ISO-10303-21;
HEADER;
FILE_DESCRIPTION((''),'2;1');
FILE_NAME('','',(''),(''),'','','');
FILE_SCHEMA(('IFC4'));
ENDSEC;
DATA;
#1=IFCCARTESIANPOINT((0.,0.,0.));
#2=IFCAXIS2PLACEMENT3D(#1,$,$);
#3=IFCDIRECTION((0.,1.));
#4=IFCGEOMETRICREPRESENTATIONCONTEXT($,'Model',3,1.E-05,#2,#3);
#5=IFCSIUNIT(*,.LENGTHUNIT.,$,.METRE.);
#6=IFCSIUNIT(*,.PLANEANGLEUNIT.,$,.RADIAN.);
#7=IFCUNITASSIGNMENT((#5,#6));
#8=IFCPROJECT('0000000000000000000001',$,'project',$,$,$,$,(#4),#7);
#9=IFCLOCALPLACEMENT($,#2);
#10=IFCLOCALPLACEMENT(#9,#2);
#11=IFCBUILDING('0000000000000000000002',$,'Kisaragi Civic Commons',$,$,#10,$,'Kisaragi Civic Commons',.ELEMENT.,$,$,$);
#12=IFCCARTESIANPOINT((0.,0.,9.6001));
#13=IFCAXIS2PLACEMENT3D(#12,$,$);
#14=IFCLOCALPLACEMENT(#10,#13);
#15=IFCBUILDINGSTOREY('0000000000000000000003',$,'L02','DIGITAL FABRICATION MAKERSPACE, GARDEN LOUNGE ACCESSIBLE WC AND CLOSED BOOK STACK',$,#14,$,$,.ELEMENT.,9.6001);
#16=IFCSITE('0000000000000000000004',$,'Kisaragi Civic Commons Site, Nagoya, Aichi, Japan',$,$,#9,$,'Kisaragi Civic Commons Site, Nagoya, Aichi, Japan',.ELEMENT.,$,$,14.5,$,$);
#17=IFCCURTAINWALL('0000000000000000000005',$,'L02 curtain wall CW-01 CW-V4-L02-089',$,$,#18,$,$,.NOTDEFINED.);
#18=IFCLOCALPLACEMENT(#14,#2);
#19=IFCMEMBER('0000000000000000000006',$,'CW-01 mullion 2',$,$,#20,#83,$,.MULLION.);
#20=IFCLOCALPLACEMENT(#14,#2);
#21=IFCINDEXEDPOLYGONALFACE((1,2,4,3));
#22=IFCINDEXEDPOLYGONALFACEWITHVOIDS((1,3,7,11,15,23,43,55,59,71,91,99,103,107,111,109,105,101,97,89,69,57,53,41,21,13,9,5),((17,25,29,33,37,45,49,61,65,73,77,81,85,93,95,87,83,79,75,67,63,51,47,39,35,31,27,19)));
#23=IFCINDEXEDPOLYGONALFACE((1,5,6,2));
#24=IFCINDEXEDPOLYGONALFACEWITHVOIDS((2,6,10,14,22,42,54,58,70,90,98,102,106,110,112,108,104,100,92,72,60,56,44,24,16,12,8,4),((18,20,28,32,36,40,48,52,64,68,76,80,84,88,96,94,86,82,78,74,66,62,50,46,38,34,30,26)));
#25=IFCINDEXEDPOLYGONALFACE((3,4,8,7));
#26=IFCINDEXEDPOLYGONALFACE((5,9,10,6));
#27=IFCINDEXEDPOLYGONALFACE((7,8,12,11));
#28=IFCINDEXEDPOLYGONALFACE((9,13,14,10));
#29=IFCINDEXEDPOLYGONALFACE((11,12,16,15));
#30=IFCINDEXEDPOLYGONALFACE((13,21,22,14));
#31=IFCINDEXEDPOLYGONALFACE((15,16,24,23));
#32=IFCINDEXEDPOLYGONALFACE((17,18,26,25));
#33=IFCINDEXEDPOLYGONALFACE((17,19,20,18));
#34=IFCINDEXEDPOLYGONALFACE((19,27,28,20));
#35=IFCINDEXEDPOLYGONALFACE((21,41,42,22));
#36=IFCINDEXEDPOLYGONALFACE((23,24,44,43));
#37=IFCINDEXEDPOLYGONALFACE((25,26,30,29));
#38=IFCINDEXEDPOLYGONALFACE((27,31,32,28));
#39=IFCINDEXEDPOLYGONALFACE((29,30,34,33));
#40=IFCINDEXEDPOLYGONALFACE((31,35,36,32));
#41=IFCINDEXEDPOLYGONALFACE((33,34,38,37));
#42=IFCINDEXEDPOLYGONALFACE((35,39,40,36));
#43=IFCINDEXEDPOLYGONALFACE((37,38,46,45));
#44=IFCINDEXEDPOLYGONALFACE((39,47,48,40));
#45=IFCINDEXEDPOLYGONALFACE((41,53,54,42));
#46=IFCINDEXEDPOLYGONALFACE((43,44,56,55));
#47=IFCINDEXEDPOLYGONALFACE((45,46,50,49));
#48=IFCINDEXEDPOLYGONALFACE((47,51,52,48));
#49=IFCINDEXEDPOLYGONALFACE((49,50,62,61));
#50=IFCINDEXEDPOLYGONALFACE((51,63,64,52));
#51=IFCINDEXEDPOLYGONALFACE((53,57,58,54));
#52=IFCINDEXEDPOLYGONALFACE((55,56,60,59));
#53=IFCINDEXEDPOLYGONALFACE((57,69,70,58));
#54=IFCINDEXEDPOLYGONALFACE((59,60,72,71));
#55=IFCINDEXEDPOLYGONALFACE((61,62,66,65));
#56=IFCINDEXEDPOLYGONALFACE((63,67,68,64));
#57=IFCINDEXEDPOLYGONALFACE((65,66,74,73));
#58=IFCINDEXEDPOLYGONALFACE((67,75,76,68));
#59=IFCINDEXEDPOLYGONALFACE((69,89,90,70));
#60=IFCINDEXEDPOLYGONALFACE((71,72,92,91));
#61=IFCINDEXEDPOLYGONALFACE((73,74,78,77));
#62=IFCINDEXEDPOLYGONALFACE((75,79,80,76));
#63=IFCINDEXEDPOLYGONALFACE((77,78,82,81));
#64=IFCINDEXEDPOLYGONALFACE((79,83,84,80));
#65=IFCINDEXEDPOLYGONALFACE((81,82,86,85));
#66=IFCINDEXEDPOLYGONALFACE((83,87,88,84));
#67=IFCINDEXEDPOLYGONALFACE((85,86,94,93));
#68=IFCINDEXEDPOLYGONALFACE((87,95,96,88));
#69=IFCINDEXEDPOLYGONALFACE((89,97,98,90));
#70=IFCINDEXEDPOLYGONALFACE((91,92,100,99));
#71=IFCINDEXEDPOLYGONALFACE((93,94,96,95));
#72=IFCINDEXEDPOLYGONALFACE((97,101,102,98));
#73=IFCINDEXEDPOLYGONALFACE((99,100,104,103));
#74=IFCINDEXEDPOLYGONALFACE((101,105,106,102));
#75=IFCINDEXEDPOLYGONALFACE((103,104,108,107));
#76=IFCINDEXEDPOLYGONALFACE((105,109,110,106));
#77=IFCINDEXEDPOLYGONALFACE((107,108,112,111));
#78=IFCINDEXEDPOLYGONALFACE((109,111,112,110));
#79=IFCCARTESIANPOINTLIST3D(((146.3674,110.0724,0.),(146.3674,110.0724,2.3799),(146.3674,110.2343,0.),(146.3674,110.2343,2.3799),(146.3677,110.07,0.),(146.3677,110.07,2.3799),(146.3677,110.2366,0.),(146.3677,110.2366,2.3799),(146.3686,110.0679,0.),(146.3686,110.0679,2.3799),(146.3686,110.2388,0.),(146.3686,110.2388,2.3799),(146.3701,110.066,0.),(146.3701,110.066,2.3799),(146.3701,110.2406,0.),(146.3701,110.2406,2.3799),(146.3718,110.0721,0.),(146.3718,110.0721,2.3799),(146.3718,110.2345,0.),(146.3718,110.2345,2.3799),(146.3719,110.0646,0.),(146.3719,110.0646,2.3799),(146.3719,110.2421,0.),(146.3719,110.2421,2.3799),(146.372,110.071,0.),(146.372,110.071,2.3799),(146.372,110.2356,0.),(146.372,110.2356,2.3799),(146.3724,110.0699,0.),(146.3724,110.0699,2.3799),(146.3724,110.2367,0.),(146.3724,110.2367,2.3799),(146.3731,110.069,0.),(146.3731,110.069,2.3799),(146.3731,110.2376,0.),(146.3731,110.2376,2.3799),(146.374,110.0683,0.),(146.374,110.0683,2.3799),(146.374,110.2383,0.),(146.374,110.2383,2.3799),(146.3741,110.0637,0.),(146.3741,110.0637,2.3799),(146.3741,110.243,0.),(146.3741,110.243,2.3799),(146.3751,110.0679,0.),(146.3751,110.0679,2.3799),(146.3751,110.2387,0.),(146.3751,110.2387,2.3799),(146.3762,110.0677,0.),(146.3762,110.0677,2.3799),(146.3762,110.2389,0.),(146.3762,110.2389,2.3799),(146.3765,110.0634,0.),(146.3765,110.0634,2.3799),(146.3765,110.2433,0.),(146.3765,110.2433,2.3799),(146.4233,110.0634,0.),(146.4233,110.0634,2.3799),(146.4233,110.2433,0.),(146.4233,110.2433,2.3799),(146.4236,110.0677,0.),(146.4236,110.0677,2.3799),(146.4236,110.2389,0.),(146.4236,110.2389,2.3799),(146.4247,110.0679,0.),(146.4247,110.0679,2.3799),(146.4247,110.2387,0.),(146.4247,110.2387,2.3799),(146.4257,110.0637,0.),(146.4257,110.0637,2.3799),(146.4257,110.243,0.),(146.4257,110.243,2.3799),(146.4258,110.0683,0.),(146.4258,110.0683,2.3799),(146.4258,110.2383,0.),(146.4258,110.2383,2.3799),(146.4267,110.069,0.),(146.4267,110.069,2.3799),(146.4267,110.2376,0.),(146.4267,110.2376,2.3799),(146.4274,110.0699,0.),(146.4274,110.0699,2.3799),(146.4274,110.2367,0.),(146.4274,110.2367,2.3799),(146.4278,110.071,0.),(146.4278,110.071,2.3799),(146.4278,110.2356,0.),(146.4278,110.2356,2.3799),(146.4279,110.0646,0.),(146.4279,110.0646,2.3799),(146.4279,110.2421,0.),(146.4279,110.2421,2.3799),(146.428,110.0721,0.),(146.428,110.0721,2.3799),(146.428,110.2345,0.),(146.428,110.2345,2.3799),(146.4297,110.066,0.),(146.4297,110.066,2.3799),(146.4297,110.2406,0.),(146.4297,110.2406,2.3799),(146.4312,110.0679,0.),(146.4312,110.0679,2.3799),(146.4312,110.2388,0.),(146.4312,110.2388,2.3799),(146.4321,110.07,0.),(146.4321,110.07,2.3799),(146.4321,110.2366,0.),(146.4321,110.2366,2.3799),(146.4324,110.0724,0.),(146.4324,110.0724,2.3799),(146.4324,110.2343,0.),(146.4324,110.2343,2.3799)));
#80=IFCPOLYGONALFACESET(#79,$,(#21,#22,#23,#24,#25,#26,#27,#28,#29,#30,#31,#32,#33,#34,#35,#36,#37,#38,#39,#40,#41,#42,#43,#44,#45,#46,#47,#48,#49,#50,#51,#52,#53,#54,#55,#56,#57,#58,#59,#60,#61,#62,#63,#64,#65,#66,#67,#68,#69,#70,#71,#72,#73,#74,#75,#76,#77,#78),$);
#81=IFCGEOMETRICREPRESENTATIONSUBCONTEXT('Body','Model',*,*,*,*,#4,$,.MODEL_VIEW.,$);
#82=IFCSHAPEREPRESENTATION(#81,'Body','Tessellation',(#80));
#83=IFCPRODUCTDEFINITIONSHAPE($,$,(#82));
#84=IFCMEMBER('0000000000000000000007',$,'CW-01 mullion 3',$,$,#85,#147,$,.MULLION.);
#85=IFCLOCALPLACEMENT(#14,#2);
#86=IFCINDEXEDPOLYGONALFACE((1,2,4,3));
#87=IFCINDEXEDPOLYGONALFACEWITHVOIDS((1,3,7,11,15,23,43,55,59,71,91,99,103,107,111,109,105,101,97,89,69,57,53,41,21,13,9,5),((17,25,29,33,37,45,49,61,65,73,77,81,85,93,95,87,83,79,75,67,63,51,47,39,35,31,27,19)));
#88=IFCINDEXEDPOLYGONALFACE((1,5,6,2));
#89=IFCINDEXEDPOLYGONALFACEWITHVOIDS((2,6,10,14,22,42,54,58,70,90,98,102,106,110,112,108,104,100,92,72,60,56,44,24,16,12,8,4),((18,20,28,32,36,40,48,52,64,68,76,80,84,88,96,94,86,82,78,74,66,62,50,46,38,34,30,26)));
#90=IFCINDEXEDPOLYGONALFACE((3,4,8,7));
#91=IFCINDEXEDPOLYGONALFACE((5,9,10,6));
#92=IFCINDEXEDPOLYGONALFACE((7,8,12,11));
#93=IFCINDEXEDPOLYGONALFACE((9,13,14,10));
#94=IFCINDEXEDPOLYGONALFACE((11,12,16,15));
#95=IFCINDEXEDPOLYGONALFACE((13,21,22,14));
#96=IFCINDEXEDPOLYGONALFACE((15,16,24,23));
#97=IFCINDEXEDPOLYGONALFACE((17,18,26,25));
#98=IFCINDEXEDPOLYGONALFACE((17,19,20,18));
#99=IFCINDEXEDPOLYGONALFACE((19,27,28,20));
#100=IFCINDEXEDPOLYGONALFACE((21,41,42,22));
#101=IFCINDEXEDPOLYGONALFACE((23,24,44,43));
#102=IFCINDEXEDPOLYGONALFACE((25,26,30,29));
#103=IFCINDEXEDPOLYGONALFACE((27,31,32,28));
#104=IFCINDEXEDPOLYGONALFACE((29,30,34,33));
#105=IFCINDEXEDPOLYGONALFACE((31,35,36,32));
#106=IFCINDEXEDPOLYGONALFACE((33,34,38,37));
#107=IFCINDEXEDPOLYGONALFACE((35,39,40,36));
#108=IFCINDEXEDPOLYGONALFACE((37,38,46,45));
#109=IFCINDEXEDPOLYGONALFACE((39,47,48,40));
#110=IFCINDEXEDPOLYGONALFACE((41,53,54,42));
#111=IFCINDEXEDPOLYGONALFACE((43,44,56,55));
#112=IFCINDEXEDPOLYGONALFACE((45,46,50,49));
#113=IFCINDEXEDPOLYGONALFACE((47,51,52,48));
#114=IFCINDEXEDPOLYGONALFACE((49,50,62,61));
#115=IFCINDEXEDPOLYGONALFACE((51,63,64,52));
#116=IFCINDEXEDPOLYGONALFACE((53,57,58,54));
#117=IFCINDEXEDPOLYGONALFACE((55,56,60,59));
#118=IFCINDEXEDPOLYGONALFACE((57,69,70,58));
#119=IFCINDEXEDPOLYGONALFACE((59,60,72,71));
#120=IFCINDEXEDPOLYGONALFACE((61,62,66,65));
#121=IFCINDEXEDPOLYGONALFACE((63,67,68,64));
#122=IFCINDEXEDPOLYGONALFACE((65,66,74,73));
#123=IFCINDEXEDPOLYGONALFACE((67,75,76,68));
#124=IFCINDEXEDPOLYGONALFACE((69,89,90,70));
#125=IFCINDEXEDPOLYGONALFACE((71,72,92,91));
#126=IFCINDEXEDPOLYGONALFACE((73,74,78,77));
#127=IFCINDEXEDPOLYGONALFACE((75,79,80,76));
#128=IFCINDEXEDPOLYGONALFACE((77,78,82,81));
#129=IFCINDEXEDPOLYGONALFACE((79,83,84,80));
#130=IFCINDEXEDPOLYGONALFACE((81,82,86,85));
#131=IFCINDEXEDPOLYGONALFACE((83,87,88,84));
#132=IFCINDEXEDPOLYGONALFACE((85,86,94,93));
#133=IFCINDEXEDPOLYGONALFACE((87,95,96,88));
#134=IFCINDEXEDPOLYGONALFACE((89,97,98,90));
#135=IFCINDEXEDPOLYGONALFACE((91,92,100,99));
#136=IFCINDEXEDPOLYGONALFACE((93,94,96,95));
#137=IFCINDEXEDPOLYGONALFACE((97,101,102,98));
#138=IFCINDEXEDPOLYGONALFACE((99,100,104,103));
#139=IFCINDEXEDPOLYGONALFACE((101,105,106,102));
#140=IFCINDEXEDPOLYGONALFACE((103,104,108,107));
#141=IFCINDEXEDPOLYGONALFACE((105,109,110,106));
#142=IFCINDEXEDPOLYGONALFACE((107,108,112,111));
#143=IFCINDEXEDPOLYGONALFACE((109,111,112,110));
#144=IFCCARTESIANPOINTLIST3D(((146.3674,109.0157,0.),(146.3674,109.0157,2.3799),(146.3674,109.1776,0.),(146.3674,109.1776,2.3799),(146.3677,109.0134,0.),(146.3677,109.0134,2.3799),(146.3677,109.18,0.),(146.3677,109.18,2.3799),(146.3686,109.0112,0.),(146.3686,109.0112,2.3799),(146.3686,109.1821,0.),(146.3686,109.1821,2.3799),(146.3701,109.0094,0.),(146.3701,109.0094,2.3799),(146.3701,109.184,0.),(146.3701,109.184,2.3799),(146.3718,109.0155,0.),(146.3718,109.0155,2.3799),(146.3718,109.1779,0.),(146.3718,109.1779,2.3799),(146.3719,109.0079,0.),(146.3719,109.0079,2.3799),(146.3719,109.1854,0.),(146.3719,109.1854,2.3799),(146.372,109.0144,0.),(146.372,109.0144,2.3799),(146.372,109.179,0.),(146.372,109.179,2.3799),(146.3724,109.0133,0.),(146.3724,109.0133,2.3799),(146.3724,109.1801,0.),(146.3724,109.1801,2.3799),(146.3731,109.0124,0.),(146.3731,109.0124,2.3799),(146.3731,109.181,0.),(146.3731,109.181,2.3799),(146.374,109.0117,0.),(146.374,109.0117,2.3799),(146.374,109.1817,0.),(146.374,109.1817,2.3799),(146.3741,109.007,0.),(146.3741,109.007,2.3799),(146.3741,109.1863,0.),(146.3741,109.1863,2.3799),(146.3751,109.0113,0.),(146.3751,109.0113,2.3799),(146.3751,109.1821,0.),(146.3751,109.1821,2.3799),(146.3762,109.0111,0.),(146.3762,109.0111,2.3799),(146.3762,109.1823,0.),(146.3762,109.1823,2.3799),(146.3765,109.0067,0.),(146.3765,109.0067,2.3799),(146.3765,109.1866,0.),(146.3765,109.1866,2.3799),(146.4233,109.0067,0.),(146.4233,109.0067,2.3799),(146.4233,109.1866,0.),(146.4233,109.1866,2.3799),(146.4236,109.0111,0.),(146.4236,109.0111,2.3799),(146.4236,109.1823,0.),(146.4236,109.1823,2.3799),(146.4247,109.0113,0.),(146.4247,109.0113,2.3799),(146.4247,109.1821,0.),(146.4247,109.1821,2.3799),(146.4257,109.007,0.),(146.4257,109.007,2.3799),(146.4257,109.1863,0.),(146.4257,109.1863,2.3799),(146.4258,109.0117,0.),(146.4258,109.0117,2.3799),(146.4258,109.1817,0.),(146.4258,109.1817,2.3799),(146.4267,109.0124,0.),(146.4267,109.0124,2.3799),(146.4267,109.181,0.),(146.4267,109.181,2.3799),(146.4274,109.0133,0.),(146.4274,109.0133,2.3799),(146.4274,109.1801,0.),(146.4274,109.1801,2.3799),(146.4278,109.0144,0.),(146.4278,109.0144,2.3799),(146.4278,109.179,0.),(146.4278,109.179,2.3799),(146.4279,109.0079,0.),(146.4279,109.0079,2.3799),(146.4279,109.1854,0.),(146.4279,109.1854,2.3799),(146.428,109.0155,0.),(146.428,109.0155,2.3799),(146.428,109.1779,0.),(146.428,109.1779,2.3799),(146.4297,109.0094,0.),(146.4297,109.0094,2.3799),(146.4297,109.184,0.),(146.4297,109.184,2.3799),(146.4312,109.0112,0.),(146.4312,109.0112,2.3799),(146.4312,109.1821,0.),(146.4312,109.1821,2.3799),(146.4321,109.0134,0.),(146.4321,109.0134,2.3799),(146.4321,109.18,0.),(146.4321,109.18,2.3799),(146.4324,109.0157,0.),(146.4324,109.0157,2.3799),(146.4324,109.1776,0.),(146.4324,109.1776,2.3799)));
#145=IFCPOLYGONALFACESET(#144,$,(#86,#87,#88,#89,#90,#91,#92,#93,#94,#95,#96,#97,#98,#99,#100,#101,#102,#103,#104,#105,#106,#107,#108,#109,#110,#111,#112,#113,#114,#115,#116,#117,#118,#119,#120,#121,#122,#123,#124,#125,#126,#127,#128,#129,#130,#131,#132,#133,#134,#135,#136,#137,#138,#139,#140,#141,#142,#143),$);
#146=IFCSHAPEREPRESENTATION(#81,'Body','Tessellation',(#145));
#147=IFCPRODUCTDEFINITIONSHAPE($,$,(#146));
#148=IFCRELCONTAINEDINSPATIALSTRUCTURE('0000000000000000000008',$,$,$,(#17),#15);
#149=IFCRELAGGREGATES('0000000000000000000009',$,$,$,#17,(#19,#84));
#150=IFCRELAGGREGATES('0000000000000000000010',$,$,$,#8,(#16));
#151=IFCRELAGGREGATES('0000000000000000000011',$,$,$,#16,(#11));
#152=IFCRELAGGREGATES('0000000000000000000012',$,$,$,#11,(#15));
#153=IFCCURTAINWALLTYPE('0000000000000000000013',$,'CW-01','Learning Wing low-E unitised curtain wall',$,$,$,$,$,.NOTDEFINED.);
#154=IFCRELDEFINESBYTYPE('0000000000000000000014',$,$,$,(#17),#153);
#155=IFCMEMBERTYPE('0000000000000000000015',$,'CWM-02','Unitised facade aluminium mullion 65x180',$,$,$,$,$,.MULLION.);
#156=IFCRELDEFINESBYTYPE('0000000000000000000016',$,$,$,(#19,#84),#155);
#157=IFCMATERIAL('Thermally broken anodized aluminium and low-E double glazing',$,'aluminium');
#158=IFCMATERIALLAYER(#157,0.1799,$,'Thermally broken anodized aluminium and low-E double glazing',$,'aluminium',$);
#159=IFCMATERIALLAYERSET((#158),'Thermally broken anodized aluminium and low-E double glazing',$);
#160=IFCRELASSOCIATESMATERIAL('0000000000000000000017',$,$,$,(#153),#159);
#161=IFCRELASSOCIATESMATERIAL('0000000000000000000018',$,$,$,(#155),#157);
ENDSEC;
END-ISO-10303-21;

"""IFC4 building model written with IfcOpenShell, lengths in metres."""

from ifc_helpers import new_model, si_unit, direction, frame, origin, origin_2d, place, context, subcontext, project, spatial, hollow_rectangle, extrude, material, layer, layer_set, material_profile, profile_set, type_object, element, aggregate, save


model = new_model("IFC4")

# Units and contexts
model_context = context("Model", 3, precision=1e-05, world=origin(), true_north=direction((0.0, 1.0)))
body_context = subcontext(model_context, "Body", "Model", "MODEL_VIEW")
ifc_project = project(units=[si_unit("LENGTHUNIT", "METRE"), si_unit("PLANEANGLEUNIT", "RADIAN")], contexts=[model_context])

# Site, building, storey
site_placement = place(None, origin())
site = spatial("IfcSite", under=ifc_project, at=site_placement, Name="Kisaragi Civic Commons Site, Nagoya, Aichi, Japan", LongName="Kisaragi Civic Commons Site, Nagoya, Aichi, Japan", CompositionType="ELEMENT", RefElevation=14.5)
building_placement = place(site_placement, origin())
building = spatial("IfcBuilding", under=site, at=building_placement, Name="Kisaragi Civic Commons", LongName="Kisaragi Civic Commons", CompositionType="ELEMENT")
storey_placement = place(building_placement, frame((0.0, 0.0, 9.6001)))
storey = spatial("IfcBuildingStorey", under=building, at=storey_placement, Name="L02", Description="DIGITAL FABRICATION MAKERSPACE, GARDEN LOUNGE ACCESSIBLE WC AND CLOSED BOOK STACK", CompositionType="ELEMENT", Elevation=9.6001)

# Shared definitions
ifc_material_1 = material(Name="Thermally broken anodized aluminium and low-E double glazing", Category="aluminium")
ifc_layer_1 = layer(ifc_material_1, 0.1799, Name="Thermally broken anodized aluminium and low-E double glazing", Category="aluminium")
ifc_layer_set_1 = layer_set([ifc_layer_1], Name="Thermally broken anodized aluminium and low-E double glazing")
curtain_wall_type = type_object("IfcCurtainWallType", Name="CW-01", Description="Learning Wing low-E unitised curtain wall", PredefinedType="NOTDEFINED", material=ifc_layer_set_1)
ifc_material_profile_1 = material_profile(ifc_material_1, hollow_rectangle(XDim=0.0649, YDim=0.1799, WallThickness=0.0044, InnerFilletRadius=0.0044, OuterFilletRadius=0.009, at=origin_2d()), Name="CWM-65x180x4.5", Category="aluminium")
ifc_profile_set_1 = profile_set([ifc_material_profile_1], Name="Thermally broken anodized aluminium and low-E double glazing")
member_type_1 = type_object("IfcMemberType", Name="CWM-02", Description="Unitised facade aluminium mullion 65x180", PredefinedType="MULLION", material=ifc_profile_set_1)

# Curtain wall, members
curtain_wall_1_placement = place(storey_placement, origin())
curtain_wall_1 = element("IfcCurtainWall", 1, at=curtain_wall_1_placement, inside=storey, type_object=curtain_wall_type, Name="L02 curtain wall CW-01 CW-V4-L02-089", PredefinedType="NOTDEFINED")
member_1_placement = place(storey_placement, frame((146.3999, 110.1533, 0.0), z_axis=(0.0, 0.0, 1.0), x_axis=(1.0, 0.0, 0.0)))
member_1 = element("IfcMember", 2, at=member_1_placement, type_object=member_type_1, Name="CW-01 mullion 2", PredefinedType="MULLION", context=body_context, shape_type="SweptSolid", body=[
    extrude(hollow_rectangle(XDim=0.0649, YDim=0.1799, WallThickness=0.0044, InnerFilletRadius=0.0044, OuterFilletRadius=0.009, at=origin_2d()), origin(), (0.0, 0.0, 1.0), 2.3799),
])
member_2_placement = place(storey_placement, frame((146.3999, 109.0967, 0.0), z_axis=(0.0, 0.0, 1.0), x_axis=(1.0, 0.0, 0.0)))
member_2 = element("IfcMember", 3, at=member_2_placement, type_object=member_type_1, Name="CW-01 mullion 3", PredefinedType="MULLION", context=body_context, shape_type="SweptSolid", body=[
    extrude(hollow_rectangle(XDim=0.0649, YDim=0.1799, WallThickness=0.0044, InnerFilletRadius=0.0044, OuterFilletRadius=0.009, at=origin_2d()), origin(), (0.0, 0.0, 1.0), 2.3799),
])

aggregate(curtain_wall_1, [member_1, member_2])

save(model, "model.ifc")
